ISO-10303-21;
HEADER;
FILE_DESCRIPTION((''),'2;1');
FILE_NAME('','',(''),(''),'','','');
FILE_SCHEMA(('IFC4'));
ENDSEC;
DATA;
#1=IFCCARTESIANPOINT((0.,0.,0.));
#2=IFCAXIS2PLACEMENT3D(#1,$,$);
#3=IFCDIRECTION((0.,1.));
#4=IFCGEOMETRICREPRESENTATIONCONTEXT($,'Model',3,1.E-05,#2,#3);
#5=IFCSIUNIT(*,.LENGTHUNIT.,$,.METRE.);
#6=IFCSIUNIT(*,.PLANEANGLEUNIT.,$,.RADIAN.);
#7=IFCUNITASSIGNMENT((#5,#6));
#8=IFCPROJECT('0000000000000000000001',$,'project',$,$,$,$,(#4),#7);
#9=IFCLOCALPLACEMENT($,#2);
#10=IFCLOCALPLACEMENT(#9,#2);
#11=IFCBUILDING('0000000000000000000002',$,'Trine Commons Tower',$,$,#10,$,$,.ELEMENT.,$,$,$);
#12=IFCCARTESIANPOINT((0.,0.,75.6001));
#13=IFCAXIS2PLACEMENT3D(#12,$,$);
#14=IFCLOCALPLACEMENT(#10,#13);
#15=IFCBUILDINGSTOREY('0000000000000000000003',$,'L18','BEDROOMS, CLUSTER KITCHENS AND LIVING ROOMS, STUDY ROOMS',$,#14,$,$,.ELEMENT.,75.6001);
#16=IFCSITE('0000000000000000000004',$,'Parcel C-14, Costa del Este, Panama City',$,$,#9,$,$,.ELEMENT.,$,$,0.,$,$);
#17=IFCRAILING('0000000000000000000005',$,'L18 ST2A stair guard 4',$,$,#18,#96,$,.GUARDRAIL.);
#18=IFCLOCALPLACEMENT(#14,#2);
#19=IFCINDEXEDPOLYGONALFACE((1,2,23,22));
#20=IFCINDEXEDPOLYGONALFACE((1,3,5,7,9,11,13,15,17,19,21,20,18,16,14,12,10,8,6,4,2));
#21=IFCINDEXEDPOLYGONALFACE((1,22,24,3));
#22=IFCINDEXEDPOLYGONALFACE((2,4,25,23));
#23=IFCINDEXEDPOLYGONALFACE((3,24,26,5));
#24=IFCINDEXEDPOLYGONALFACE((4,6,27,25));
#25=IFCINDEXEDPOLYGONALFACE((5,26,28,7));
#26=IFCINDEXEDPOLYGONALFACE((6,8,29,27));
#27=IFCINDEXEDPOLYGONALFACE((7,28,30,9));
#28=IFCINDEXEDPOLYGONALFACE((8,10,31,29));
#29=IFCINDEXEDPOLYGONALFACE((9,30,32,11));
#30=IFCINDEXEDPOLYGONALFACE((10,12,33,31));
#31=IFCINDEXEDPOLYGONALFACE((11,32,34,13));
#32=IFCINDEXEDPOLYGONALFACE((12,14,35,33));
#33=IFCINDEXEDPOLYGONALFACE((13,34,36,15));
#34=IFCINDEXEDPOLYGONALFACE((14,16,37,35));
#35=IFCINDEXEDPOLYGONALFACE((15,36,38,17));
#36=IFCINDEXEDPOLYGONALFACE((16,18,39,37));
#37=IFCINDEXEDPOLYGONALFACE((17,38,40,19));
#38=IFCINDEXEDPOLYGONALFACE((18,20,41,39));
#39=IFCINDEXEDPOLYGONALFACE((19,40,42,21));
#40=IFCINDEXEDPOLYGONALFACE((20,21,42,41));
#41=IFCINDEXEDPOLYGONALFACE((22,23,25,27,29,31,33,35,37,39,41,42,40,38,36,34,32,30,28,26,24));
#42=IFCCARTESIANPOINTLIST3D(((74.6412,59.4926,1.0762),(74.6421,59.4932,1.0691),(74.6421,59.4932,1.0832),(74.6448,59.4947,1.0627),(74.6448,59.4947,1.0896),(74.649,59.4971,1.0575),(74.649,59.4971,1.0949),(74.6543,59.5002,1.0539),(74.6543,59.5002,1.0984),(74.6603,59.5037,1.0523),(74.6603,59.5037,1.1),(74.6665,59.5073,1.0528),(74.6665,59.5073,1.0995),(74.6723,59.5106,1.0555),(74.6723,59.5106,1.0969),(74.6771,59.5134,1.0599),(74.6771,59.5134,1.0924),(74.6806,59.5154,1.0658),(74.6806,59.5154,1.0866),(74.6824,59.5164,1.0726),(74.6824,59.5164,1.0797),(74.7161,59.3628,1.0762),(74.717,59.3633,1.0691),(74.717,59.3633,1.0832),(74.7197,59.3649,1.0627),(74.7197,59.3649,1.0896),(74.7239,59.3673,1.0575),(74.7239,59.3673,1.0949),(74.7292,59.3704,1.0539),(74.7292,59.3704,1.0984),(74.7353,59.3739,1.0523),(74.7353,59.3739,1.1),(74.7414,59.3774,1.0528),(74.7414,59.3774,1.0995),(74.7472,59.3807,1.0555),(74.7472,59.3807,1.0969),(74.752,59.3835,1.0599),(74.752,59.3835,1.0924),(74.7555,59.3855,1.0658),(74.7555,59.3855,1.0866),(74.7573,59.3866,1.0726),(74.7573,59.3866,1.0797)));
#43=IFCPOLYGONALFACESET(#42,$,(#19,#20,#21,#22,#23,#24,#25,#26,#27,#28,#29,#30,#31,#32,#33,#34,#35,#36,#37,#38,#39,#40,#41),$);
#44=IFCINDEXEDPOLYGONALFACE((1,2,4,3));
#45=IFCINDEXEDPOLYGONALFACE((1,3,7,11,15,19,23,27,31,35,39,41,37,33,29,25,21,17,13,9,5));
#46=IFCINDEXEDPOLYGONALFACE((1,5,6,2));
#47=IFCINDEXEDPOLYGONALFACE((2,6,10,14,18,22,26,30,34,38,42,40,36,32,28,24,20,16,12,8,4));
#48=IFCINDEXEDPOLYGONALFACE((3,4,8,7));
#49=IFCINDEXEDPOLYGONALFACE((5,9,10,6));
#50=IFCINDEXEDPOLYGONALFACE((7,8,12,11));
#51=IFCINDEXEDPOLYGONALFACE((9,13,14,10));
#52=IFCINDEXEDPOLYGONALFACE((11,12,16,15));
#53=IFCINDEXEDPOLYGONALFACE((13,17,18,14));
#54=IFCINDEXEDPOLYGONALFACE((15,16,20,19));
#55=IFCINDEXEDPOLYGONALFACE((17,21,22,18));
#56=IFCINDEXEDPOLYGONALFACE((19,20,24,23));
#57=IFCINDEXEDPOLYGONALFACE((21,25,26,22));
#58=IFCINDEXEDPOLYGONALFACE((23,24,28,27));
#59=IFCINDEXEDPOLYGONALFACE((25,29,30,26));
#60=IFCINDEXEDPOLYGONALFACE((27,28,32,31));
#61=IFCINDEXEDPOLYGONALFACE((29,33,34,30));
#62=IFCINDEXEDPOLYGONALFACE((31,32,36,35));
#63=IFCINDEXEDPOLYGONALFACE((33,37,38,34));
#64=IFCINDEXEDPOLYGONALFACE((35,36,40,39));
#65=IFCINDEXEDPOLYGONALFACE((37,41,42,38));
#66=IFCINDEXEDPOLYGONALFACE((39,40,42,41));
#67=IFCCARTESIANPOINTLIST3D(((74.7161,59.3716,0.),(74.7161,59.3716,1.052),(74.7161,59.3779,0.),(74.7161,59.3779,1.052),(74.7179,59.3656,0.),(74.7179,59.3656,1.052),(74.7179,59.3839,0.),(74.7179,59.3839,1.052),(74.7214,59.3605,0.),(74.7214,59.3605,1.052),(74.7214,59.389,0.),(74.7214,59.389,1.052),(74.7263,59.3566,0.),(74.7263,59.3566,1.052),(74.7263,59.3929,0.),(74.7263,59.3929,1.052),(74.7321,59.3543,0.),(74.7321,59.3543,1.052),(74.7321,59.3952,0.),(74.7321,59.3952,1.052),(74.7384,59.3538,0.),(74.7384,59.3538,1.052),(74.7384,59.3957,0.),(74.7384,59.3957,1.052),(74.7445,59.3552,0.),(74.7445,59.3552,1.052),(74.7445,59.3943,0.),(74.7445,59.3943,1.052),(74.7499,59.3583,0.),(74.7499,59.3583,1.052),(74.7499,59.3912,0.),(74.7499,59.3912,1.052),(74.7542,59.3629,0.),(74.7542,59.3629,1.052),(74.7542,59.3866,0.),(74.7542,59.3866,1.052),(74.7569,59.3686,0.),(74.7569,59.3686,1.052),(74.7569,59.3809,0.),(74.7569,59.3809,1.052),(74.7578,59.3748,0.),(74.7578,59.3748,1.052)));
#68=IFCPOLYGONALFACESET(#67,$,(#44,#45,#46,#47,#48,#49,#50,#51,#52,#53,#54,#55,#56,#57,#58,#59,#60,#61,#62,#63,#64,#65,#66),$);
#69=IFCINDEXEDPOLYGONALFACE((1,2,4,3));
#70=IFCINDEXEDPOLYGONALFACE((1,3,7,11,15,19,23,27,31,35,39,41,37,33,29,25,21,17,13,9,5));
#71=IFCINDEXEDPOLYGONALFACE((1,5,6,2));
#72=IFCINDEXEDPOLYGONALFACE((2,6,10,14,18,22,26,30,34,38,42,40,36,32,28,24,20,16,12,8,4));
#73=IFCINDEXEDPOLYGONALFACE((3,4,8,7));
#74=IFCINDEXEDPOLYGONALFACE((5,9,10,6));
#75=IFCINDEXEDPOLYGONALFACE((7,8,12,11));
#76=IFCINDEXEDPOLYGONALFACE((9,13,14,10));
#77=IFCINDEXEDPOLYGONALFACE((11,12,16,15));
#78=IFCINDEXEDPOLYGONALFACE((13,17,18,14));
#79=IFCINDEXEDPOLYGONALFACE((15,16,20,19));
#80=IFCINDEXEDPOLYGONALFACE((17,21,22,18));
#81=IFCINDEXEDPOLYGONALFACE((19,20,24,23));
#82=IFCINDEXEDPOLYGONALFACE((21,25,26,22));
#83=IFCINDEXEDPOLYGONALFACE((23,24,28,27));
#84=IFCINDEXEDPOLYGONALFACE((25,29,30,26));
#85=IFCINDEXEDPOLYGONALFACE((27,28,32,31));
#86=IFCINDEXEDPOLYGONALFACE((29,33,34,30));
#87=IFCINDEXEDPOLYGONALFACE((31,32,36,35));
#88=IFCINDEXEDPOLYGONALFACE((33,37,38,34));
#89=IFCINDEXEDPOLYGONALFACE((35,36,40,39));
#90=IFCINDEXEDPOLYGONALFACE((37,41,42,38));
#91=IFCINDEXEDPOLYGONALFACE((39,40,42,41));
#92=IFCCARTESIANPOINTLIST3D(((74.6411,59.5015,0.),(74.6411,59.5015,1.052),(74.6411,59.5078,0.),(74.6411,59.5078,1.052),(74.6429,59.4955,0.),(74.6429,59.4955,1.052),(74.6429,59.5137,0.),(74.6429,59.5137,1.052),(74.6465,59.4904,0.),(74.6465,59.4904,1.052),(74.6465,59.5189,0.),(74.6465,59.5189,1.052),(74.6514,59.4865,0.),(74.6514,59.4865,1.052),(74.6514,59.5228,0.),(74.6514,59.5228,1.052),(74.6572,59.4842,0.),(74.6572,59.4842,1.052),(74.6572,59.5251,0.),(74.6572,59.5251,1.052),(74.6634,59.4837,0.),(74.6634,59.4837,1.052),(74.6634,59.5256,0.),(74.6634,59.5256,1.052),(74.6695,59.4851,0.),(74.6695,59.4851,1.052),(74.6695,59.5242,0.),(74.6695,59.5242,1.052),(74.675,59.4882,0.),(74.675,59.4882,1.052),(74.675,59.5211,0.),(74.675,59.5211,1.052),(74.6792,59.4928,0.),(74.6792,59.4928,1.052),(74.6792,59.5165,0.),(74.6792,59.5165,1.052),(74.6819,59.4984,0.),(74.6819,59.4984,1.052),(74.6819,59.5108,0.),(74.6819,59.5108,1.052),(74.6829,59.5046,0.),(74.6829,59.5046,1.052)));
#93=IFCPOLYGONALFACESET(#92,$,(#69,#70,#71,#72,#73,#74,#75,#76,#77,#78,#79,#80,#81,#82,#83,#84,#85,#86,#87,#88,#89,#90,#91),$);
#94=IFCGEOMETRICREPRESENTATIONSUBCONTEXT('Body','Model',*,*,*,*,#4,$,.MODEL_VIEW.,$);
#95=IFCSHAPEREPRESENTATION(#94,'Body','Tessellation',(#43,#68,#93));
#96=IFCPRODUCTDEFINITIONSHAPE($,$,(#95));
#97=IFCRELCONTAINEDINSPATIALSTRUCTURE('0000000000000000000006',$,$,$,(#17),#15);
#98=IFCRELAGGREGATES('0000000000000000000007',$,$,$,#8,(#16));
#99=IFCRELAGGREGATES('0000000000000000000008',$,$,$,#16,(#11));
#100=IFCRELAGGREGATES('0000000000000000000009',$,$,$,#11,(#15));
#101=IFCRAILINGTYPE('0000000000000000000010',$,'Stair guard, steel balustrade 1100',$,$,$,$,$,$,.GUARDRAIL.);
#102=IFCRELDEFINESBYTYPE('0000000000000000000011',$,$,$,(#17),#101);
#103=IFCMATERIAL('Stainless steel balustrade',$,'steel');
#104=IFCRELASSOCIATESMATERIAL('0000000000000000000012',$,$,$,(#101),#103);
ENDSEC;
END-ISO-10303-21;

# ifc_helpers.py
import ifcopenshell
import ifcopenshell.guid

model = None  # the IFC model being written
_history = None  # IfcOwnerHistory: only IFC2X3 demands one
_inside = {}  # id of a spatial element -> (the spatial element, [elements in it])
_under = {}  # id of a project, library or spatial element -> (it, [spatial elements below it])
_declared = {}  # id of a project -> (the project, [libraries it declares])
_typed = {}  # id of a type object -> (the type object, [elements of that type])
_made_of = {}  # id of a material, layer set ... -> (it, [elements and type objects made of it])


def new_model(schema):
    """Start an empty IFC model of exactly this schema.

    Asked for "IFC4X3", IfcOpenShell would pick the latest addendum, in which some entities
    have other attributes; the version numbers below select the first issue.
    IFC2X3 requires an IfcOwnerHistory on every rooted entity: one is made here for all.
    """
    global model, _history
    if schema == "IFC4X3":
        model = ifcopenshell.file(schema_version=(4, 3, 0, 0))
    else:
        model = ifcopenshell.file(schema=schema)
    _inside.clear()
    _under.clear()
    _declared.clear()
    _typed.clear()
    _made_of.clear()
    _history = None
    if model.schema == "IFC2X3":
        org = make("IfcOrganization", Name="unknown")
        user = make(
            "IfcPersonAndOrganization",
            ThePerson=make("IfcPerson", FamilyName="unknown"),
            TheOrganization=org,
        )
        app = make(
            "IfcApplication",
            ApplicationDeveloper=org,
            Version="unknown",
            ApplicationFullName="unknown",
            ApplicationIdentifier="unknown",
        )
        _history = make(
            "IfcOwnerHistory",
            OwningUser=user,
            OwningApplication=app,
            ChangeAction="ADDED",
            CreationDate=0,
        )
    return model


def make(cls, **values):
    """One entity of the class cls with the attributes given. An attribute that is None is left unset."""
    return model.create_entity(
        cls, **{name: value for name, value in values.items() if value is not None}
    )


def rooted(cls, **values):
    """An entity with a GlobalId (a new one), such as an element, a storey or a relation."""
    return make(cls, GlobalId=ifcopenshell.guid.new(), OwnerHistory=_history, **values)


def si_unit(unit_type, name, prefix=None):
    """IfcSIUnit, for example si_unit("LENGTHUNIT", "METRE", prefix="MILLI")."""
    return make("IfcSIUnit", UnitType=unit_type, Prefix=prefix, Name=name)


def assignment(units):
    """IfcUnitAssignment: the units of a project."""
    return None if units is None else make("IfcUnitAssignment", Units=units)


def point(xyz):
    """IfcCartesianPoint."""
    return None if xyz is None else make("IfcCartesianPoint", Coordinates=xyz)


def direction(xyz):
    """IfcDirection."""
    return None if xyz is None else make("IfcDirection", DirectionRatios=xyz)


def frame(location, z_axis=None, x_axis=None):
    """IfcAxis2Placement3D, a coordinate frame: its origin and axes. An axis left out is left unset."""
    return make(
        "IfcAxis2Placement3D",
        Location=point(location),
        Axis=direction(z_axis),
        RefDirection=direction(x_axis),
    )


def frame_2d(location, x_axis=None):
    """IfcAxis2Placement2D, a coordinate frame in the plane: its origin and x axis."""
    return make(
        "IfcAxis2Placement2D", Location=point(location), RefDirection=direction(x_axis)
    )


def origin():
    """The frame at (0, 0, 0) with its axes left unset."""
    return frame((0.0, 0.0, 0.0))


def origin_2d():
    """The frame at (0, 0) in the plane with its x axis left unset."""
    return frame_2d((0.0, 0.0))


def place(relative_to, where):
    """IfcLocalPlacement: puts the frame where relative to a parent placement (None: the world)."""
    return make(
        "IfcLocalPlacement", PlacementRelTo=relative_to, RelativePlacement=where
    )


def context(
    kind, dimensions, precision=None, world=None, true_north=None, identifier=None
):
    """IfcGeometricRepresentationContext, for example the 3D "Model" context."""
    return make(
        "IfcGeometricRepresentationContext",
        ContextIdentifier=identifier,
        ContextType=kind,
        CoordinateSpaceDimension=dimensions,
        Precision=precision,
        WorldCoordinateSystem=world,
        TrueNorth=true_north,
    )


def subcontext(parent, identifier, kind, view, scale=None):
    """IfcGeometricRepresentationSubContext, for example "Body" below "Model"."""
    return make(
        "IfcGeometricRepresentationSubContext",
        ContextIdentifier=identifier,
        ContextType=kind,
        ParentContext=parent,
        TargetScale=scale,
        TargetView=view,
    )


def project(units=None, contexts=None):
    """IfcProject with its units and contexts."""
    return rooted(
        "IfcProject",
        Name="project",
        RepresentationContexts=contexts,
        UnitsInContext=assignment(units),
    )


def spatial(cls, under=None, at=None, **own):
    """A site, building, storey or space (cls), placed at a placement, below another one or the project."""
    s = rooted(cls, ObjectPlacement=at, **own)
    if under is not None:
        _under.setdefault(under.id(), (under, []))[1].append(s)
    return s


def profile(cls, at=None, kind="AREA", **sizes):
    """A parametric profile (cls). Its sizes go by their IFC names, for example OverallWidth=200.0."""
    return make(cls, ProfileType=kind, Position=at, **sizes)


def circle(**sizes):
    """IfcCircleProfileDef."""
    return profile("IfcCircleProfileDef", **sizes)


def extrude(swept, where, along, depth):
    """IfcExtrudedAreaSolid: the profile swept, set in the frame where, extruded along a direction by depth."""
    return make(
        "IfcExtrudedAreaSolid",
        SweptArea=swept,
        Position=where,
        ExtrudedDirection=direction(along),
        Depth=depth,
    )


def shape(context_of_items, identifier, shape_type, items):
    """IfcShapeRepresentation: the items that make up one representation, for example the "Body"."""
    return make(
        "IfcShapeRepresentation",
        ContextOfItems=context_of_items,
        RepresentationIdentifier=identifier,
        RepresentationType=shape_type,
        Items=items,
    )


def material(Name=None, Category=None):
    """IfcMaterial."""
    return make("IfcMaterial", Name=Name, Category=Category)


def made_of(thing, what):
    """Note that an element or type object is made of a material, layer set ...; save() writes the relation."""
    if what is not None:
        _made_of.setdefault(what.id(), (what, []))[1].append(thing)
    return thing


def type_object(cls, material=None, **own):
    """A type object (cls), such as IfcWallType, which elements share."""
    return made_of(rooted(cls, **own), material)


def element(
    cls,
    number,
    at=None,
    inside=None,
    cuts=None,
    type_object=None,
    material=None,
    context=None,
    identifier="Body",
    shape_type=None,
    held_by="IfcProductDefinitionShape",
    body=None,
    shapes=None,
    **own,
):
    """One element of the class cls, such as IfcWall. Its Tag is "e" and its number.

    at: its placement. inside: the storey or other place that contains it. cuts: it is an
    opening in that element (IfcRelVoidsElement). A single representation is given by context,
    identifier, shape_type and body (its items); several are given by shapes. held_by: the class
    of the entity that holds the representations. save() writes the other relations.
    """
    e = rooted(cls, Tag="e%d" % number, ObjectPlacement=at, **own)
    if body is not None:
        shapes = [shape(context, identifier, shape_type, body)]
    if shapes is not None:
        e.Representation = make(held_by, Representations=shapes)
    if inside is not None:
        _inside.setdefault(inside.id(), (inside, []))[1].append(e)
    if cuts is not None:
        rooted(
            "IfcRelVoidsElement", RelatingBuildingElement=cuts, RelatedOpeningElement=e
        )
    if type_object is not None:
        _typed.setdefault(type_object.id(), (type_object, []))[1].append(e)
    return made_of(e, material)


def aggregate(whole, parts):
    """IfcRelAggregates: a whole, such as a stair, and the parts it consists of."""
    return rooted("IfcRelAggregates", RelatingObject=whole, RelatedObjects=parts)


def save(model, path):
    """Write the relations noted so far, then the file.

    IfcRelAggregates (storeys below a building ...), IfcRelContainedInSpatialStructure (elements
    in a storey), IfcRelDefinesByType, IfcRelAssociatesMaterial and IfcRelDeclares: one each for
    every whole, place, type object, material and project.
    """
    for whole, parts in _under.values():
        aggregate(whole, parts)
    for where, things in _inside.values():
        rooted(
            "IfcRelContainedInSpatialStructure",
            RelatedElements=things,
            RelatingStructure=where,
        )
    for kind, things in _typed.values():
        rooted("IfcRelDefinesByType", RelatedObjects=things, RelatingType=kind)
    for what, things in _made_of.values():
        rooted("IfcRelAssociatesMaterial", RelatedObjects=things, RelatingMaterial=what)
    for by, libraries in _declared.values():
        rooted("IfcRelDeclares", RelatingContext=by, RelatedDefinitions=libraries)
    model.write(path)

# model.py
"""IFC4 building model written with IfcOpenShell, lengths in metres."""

from ifc_helpers import new_model, si_unit, direction, frame, origin, origin_2d, place, context, subcontext, project, spatial, circle, extrude, material, type_object, element, save


model = new_model("IFC4")

# Units and contexts
model_context = context("Model", 3, precision=1e-05, world=origin(), true_north=direction((0.0, 1.0)))
body_context = subcontext(model_context, "Body", "Model", "MODEL_VIEW")
ifc_project = project(units=[si_unit("LENGTHUNIT", "METRE"), si_unit("PLANEANGLEUNIT", "RADIAN")], contexts=[model_context])

# Site, building, storey
site_placement = place(None, origin())
site = spatial("IfcSite", under=ifc_project, at=site_placement, Name="Parcel C-14, Costa del Este, Panama City", CompositionType="ELEMENT", RefElevation=0.0)
building_placement = place(site_placement, origin())
building = spatial("IfcBuilding", under=site, at=building_placement, Name="Trine Commons Tower", CompositionType="ELEMENT")
storey_placement = place(building_placement, frame((0.0, 0.0, 75.6001)))
storey = spatial("IfcBuildingStorey", under=building, at=storey_placement, Name="L18", Description="BEDROOMS, CLUSTER KITCHENS AND LIVING ROOMS, STUDY ROOMS", CompositionType="ELEMENT", Elevation=75.6001)

# Railing
ifc_material_1 = material(Name="Stainless steel balustrade", Category="steel")
railing_type = type_object("IfcRailingType", Name="Stair guard, steel balustrade 1100", PredefinedType="GUARDRAIL", material=ifc_material_1)
railing_1_placement = place(storey_placement, frame((74.7368, 59.3748, 0.0)))
element("IfcRailing", 1, at=railing_1_placement, inside=storey, type_object=railing_type, Name="L18 ST2A stair guard 4", PredefinedType="GUARDRAIL", context=body_context, shape_type="SweptSolid", body=[
    extrude(circle(Radius=0.0239, at=origin_2d()), frame((0.0, 0.0, 1.0762), z_axis=(-0.499816, 0.866131, 0.0), x_axis=(-0.866131, -0.499816, 0.0)), (0.0, 0.0, 1.0), 0.1499),
    extrude(circle(Radius=0.021, at=origin_2d()), origin(), (0.0, 0.0, 1.0), 1.052),
    extrude(circle(Radius=0.021, at=origin_2d()), frame((-0.075, 0.1299, 0.0)), (0.0, 0.0, 1.0), 1.052),
])

save(model, "model.ifc")
